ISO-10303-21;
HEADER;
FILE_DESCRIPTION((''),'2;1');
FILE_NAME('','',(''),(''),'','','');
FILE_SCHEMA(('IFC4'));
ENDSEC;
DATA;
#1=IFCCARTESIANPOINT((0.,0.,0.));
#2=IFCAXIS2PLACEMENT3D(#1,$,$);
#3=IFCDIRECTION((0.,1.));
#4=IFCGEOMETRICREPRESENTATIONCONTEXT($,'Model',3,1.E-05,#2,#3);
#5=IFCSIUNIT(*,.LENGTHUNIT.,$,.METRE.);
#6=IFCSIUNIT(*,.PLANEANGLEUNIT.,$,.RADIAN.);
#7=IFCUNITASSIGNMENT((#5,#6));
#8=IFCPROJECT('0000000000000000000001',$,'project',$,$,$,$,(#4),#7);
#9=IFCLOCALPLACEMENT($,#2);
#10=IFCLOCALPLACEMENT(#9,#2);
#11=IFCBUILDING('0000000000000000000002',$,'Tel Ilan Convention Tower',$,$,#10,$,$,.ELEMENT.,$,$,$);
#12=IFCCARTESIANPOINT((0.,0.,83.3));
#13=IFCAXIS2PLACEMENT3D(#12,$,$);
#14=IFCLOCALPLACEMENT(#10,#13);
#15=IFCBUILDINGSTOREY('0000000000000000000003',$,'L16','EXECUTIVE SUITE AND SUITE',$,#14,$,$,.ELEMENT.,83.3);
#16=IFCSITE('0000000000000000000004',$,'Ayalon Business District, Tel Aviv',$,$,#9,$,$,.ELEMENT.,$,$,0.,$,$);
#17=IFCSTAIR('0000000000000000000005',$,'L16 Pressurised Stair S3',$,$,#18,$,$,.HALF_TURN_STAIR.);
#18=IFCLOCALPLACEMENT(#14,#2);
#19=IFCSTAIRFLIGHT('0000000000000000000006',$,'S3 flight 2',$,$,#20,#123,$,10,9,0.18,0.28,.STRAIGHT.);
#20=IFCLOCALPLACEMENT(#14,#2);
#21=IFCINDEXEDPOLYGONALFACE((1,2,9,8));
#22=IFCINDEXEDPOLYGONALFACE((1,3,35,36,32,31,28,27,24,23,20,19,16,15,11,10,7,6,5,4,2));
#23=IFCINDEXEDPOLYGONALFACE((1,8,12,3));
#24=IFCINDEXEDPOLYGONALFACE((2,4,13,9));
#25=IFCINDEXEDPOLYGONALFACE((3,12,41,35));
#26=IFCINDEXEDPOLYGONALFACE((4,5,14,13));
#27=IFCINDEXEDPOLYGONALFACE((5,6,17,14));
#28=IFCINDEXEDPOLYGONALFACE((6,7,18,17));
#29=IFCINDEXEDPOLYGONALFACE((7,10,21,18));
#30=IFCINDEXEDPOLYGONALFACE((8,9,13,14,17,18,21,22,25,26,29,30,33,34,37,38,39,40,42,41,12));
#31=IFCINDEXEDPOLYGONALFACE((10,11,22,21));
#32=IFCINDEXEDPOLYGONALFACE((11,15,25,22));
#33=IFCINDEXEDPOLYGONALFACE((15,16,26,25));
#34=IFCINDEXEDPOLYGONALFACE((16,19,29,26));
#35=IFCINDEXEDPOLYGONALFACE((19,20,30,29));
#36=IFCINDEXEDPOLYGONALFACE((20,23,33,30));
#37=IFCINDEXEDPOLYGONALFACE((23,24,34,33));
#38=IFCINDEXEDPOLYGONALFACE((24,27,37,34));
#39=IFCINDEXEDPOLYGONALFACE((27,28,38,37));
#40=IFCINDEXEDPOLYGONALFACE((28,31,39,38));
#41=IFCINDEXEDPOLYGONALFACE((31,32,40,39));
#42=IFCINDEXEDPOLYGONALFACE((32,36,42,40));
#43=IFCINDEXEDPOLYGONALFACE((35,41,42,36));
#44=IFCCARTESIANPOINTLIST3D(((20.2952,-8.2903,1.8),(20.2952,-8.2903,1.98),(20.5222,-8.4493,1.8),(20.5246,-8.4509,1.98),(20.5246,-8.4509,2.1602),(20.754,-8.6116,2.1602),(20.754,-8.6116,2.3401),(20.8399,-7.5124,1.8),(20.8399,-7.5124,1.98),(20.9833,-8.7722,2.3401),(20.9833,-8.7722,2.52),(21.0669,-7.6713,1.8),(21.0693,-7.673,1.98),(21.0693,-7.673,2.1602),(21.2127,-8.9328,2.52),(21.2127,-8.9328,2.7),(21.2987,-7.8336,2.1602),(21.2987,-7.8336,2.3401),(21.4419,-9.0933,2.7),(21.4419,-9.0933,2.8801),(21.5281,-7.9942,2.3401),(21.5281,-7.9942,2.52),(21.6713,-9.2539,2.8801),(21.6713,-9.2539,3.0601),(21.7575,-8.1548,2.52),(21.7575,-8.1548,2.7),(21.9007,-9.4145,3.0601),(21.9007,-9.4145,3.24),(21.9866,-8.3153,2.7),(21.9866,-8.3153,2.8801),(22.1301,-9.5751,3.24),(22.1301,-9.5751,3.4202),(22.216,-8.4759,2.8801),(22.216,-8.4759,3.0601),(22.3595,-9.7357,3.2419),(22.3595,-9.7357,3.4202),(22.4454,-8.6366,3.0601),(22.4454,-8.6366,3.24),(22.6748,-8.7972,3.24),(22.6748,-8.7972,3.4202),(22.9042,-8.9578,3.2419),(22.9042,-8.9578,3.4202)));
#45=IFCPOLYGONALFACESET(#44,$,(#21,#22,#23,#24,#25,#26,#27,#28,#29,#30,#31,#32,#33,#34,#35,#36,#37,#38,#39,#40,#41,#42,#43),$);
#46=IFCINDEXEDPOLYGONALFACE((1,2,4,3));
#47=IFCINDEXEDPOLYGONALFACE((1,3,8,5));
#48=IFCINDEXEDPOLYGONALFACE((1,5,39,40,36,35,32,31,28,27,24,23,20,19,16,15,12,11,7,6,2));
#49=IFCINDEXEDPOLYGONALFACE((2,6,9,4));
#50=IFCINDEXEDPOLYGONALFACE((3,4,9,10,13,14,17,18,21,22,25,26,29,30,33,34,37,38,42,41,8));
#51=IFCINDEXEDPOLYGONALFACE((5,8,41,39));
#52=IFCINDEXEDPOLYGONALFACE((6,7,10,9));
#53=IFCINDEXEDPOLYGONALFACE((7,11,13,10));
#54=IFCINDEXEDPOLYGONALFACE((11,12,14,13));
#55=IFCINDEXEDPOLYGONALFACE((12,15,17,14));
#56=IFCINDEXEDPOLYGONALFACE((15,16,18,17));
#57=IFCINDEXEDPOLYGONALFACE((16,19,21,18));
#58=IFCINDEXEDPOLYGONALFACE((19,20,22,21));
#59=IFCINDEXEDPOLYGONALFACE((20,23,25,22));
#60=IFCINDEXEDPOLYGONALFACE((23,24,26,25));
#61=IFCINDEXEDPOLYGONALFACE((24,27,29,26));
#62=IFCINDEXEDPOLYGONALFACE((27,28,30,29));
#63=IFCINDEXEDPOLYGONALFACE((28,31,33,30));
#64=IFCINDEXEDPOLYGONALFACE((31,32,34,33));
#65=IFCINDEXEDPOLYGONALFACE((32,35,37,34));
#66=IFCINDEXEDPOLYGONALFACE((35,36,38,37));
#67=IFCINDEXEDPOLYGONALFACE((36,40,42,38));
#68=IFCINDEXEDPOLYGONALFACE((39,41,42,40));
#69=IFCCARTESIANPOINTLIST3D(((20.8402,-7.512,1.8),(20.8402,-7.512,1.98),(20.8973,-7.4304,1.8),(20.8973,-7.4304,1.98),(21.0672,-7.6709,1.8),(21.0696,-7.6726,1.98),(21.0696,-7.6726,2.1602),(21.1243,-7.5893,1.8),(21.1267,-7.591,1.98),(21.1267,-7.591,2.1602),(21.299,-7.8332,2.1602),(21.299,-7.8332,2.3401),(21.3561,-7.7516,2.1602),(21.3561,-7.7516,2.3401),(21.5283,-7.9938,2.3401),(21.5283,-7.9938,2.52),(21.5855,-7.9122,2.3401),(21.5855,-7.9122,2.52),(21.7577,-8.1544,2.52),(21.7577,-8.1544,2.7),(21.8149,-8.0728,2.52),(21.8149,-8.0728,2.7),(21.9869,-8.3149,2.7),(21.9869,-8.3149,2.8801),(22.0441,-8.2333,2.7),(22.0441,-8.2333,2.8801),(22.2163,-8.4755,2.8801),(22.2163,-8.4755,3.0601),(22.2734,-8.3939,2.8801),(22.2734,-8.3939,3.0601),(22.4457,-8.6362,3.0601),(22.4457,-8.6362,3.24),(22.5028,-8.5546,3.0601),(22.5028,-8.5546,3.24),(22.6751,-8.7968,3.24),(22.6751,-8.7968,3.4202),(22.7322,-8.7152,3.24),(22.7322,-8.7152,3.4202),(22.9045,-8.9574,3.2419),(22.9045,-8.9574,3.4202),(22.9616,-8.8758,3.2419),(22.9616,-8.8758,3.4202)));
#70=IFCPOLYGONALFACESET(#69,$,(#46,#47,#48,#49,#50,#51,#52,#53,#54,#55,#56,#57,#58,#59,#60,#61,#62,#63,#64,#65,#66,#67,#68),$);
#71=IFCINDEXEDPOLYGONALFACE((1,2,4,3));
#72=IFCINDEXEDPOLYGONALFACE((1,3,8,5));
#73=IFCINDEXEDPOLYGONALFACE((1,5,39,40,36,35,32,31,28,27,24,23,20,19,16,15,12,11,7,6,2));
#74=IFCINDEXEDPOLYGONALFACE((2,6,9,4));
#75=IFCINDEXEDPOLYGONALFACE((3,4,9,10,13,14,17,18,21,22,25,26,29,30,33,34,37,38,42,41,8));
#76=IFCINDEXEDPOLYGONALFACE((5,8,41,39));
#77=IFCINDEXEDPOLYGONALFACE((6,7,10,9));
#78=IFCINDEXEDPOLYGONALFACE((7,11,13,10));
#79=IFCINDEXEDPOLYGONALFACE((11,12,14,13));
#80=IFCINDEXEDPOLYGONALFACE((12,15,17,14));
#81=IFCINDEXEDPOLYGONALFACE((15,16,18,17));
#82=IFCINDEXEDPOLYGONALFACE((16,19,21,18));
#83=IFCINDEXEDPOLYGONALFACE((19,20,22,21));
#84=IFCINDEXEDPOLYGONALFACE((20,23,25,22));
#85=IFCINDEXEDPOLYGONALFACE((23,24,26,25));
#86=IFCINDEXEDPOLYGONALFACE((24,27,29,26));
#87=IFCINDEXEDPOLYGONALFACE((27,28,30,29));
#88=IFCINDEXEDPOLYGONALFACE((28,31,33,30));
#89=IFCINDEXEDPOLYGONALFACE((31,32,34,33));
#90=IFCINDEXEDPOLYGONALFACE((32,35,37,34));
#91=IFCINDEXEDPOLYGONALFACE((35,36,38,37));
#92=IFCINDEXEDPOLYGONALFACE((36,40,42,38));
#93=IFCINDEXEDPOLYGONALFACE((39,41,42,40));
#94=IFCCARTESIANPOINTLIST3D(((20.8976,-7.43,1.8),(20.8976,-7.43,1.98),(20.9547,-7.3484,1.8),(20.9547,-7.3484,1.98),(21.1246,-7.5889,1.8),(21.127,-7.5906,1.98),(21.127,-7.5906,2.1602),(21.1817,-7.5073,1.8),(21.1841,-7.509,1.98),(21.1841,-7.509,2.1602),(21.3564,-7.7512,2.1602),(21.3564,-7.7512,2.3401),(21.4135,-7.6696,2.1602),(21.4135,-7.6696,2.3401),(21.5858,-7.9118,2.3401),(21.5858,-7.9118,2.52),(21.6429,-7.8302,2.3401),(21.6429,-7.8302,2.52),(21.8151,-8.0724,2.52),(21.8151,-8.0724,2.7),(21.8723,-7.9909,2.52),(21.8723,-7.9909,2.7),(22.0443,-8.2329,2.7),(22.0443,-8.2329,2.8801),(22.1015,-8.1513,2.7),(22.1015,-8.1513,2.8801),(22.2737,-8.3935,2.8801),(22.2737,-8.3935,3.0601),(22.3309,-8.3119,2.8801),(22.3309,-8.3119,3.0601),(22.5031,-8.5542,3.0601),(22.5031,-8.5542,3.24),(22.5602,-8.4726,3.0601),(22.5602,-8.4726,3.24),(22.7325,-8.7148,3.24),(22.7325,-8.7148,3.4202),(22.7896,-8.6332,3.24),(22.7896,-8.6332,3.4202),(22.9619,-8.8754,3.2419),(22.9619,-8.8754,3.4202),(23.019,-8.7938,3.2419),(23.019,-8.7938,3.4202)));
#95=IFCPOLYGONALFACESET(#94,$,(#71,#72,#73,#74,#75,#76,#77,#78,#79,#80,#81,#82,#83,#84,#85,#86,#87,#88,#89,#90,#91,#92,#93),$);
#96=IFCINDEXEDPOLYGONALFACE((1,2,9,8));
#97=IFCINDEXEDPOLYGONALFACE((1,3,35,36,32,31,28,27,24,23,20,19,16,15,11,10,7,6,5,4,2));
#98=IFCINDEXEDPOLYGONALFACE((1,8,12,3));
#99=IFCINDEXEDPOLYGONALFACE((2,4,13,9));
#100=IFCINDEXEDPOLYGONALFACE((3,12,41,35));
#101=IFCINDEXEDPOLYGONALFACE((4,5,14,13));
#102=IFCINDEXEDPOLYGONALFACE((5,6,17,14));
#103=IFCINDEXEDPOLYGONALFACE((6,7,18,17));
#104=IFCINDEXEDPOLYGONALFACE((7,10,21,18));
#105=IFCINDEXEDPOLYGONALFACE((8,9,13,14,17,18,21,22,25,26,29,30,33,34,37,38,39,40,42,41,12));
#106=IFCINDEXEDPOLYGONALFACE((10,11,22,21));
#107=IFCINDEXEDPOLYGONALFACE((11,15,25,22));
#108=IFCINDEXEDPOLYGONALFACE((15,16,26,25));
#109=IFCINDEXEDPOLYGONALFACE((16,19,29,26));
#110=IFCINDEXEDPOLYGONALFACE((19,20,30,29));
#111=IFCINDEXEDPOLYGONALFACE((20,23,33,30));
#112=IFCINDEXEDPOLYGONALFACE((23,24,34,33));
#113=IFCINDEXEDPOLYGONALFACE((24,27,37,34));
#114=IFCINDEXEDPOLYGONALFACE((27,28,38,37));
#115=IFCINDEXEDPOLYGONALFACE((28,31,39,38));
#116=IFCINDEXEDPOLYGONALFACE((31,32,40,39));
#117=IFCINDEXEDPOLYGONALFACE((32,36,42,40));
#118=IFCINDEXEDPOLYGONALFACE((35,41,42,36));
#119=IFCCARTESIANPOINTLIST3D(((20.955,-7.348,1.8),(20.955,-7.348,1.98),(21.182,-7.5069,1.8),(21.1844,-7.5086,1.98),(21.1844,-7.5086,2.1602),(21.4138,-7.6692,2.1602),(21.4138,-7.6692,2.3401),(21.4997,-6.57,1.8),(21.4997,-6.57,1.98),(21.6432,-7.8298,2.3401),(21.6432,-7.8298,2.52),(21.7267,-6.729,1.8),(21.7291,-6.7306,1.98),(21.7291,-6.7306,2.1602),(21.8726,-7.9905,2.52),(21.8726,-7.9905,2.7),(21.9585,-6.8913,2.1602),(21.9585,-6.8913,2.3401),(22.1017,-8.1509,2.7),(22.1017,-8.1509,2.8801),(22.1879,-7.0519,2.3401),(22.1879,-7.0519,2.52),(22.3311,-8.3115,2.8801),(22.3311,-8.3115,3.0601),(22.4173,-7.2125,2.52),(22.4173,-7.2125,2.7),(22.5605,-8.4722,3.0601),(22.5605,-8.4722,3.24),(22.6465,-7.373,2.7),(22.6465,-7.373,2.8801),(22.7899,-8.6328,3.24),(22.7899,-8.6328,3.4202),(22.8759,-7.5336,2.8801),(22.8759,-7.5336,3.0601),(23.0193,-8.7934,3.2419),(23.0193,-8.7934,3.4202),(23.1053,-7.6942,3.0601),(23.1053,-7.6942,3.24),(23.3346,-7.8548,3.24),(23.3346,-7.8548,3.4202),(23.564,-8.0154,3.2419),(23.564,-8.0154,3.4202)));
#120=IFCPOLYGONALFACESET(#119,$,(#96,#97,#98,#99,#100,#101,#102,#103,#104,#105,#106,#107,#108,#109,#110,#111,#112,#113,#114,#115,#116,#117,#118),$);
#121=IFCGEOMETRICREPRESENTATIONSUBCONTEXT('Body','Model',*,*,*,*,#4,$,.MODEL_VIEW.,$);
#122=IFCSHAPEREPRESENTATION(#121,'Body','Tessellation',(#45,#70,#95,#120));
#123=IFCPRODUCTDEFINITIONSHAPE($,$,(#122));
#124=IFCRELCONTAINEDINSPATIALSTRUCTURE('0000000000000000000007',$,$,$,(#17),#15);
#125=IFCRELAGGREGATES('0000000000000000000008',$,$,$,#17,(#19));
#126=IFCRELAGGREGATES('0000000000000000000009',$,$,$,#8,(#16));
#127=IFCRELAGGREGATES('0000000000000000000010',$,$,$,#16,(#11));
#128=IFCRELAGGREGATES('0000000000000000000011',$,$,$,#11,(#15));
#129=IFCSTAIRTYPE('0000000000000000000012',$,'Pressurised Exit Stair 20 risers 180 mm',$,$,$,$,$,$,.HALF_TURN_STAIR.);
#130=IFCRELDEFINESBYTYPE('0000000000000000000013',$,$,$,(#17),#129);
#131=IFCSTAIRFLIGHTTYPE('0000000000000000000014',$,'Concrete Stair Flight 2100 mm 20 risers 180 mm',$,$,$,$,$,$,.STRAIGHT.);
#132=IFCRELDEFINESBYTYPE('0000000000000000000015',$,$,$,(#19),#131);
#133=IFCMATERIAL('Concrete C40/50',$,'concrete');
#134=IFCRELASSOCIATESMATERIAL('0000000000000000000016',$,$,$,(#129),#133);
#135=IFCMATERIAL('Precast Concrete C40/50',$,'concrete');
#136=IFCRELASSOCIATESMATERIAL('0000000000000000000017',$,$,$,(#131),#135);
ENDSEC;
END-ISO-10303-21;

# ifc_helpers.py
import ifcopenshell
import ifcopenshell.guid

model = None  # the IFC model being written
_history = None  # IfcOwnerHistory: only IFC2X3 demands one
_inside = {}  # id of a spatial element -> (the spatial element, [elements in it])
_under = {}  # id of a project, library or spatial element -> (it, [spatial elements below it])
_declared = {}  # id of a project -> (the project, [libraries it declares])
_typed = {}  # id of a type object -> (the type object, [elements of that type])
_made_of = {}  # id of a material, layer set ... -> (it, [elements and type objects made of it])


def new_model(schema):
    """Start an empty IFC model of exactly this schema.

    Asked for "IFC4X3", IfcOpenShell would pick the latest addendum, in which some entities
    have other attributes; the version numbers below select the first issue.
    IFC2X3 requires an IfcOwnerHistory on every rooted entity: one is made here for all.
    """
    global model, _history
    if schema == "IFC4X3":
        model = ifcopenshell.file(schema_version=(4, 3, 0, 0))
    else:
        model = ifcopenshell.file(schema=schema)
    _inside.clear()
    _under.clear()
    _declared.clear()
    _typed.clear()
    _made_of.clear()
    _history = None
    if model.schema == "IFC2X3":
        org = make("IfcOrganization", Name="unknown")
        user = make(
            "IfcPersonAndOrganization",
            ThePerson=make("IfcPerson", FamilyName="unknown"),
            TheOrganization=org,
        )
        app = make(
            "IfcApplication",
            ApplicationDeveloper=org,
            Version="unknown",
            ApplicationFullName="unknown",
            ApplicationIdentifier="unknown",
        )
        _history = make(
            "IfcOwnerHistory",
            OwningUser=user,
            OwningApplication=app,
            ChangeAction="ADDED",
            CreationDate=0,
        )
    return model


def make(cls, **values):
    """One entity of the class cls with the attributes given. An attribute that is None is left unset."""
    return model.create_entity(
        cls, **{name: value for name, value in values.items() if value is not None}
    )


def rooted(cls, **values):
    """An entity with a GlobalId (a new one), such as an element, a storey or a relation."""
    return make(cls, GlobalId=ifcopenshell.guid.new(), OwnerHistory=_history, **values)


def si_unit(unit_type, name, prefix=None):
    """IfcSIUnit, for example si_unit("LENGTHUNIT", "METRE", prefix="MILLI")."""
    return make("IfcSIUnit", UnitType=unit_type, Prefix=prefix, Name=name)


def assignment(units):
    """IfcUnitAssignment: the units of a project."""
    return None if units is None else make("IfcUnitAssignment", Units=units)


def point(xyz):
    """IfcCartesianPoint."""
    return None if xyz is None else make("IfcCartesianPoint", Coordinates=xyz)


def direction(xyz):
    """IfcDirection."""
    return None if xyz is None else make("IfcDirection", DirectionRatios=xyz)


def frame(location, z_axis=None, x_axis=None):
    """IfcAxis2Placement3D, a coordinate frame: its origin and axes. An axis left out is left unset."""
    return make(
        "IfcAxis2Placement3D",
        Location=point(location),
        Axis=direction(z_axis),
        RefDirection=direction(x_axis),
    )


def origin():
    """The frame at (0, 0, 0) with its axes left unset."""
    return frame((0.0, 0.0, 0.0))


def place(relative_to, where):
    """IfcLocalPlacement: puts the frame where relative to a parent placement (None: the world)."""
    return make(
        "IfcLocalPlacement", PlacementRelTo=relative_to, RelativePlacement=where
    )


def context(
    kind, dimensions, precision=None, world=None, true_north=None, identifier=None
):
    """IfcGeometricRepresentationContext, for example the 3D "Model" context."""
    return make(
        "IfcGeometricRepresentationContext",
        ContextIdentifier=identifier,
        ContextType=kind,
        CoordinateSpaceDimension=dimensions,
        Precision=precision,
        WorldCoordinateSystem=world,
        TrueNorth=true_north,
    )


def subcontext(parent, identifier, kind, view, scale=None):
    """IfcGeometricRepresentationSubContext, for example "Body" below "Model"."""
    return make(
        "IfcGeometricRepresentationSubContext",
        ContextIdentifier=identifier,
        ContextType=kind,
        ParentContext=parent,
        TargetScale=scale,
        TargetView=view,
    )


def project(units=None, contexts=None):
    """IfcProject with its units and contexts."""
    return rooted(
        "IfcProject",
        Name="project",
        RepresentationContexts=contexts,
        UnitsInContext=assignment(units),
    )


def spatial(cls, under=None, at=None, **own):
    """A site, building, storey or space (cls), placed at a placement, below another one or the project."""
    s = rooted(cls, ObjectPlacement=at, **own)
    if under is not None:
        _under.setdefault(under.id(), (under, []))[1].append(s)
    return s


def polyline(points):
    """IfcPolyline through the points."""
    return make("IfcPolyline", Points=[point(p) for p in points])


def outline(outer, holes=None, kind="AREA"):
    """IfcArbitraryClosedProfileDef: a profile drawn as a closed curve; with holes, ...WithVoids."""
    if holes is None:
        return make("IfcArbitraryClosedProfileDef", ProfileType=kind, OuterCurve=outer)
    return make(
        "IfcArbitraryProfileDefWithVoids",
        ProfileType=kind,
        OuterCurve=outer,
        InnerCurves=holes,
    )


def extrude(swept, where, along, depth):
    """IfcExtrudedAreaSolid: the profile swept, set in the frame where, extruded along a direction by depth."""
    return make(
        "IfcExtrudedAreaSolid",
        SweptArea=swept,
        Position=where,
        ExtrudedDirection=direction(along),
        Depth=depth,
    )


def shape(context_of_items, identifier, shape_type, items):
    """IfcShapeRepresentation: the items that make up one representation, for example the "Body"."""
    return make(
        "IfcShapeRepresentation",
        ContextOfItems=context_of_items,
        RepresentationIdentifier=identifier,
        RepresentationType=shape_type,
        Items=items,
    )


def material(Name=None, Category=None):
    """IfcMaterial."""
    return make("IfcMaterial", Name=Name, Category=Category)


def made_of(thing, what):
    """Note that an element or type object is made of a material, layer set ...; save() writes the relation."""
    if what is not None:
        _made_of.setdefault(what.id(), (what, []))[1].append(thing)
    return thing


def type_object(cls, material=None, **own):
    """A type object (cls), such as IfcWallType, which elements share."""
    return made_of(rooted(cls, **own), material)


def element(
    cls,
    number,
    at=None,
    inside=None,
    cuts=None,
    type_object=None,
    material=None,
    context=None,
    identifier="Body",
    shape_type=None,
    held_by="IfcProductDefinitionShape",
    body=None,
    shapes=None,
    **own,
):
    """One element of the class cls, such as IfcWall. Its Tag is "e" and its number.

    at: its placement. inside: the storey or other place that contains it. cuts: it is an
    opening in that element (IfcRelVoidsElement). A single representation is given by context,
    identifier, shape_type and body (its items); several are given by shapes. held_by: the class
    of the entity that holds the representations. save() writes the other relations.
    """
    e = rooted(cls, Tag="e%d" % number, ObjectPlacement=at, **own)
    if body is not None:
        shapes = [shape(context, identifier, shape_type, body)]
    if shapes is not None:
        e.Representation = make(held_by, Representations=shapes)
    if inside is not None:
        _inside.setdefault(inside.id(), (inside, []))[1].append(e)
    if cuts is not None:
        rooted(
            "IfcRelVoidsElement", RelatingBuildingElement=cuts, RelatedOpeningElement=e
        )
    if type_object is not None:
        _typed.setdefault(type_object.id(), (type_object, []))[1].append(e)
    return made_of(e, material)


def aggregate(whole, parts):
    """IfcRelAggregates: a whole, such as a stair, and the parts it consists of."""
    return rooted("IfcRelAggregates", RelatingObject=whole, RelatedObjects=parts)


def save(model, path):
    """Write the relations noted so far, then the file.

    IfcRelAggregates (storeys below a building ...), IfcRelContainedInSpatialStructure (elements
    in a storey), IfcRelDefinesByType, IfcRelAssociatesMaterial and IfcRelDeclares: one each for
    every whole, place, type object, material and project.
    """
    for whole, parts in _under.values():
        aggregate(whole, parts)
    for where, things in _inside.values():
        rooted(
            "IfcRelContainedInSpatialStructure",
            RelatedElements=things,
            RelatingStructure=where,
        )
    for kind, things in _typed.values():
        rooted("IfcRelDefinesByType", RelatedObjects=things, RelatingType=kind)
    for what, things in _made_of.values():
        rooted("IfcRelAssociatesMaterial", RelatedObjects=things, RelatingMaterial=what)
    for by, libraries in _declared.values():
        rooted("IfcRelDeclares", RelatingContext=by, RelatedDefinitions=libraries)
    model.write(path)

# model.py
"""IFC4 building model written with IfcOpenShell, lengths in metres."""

from ifc_helpers import new_model, si_unit, direction, frame, origin, place, context, subcontext, project, spatial, polyline, outline, extrude, material, type_object, element, aggregate, save


model = new_model("IFC4")

# Units and contexts
model_context = context("Model", 3, precision=1e-05, world=origin(), true_north=direction((0.0, 1.0)))
body_context = subcontext(model_context, "Body", "Model", "MODEL_VIEW")
ifc_project = project(units=[si_unit("LENGTHUNIT", "METRE"), si_unit("PLANEANGLEUNIT", "RADIAN")], contexts=[model_context])

# Site, building, storey
site_placement = place(None, origin())
site = spatial("IfcSite", under=ifc_project, at=site_placement, Name="Ayalon Business District, Tel Aviv", CompositionType="ELEMENT", RefElevation=0.0)
building_placement = place(site_placement, origin())
building = spatial("IfcBuilding", under=site, at=building_placement, Name="Tel Ilan Convention Tower", CompositionType="ELEMENT")
storey_placement = place(building_placement, frame((0.0, 0.0, 83.3)))
storey = spatial("IfcBuildingStorey", under=building, at=storey_placement, Name="L16", Description="EXECUTIVE SUITE AND SUITE", CompositionType="ELEMENT", Elevation=83.3)

# Stair, stair flight
ifc_material_1 = material(Name="Concrete C40/50", Category="concrete")
stair_type = type_object("IfcStairType", Name="Pressurised Exit Stair 20 risers 180 mm", PredefinedType="HALF_TURN_STAIR", material=ifc_material_1)
stair_1_placement = place(storey_placement, origin())
stair_1 = element("IfcStair", 1, at=stair_1_placement, inside=storey, type_object=stair_type, Name="L16 Pressurised Stair S3", PredefinedType="HALF_TURN_STAIR")
ifc_material_2 = material(Name="Precast Concrete C40/50", Category="concrete")
stair_flight_type = type_object("IfcStairFlightType", Name="Concrete Stair Flight 2100 mm 20 risers 180 mm", PredefinedType="STRAIGHT", material=ifc_material_2)
stair_flight_1_placement = place(storey_placement, frame((20.8975, -7.4302, 1.8), z_axis=(0.0, 0.0, 1.0), x_axis=(0.819152, -0.573576, 0.0)))
stair_flight_1 = element("IfcStairFlight", 2, at=stair_flight_1_placement, type_object=stair_flight_type, Name="S3 flight 2", NumberOfRisers=10, NumberOfTreads=9, PredefinedType="STRAIGHT", RiserHeight=0.18, TreadLength=0.28, context=body_context, shape_type="SweptSolid", body=[
    extrude(outline(polyline([(0.0, 0.0), (0.0, 0.1799), (0.28, 0.1799), (0.28, 0.3601), (0.5601, 0.3601), (0.5601, 0.54), (0.8401, 0.54), (0.8401, 0.72), (1.1201, 0.72), (1.1201, 0.8999), (1.3999, 0.8999), (1.3999, 1.0801), (1.6799, 1.0801), (1.6799, 1.26), (1.96, 1.26), (1.96, 1.4399), (2.24, 1.4399), (2.24, 1.6201), (2.52, 1.6201), (2.52, 1.8), (2.52, 1.4419), (0.2771, 0.0), (0.0, 0.0)])), frame((0.0, -0.1003, 0.0), z_axis=(0.0, -1.0, 0.0), x_axis=(1.0, 0.0, 0.0)), (0.0, 0.0, 1.0), 0.9497),
    extrude(outline(polyline([(0.0, 0.0), (0.0, 0.1799), (0.28, 0.1799), (0.28, 0.3601), (0.5601, 0.3601), (0.5601, 0.54), (0.8401, 0.54), (0.8401, 0.72), (1.1201, 0.72), (1.1201, 0.8999), (1.3999, 0.8999), (1.3999, 1.0801), (1.6799, 1.0801), (1.6799, 1.26), (1.96, 1.26), (1.96, 1.4399), (2.24, 1.4399), (2.24, 1.6201), (2.52, 1.6201), (2.52, 1.8), (2.52, 1.4419), (0.2771, 0.0), (0.0, 0.0)])), frame((0.0, -0.0002, 0.0), z_axis=(0.0, -1.0, 0.0), x_axis=(1.0, 0.0, 0.0)), (0.0, 0.0, 1.0), 0.0996),
    extrude(outline(polyline([(0.0, 0.0), (0.0, 0.1799), (0.28, 0.1799), (0.28, 0.3601), (0.5601, 0.3601), (0.5601, 0.54), (0.8401, 0.54), (0.8401, 0.72), (1.1201, 0.72), (1.1201, 0.8999), (1.3999, 0.8999), (1.3999, 1.0801), (1.6799, 1.0801), (1.6799, 1.26), (1.96, 1.26), (1.96, 1.4399), (2.24, 1.4399), (2.24, 1.6201), (2.52, 1.6201), (2.52, 1.8), (2.52, 1.4419), (0.2771, 0.0), (0.0, 0.0)])), frame((0.0, 0.0999, 0.0), z_axis=(0.0, -1.0, 0.0), x_axis=(1.0, 0.0, 0.0)), (0.0, 0.0, 1.0), 0.0996),
    extrude(outline(polyline([(0.0, 0.0), (0.0, 0.1799), (0.28, 0.1799), (0.28, 0.3601), (0.5601, 0.3601), (0.5601, 0.54), (0.8401, 0.54), (0.8401, 0.72), (1.1201, 0.72), (1.1201, 0.8999), (1.3999, 0.8999), (1.3999, 1.0801), (1.6799, 1.0801), (1.6799, 1.26), (1.96, 1.26), (1.96, 1.4399), (2.24, 1.4399), (2.24, 1.6201), (2.52, 1.6201), (2.52, 1.8), (2.52, 1.4419), (0.2771, 0.0), (0.0, 0.0)])), frame((0.0, 1.05, 0.0), z_axis=(0.0, -1.0, 0.0), x_axis=(1.0, 0.0, 0.0)), (0.0, 0.0, 1.0), 0.9497),
])
aggregate(stair_1, [stair_flight_1])

save(model, "model.ifc")
